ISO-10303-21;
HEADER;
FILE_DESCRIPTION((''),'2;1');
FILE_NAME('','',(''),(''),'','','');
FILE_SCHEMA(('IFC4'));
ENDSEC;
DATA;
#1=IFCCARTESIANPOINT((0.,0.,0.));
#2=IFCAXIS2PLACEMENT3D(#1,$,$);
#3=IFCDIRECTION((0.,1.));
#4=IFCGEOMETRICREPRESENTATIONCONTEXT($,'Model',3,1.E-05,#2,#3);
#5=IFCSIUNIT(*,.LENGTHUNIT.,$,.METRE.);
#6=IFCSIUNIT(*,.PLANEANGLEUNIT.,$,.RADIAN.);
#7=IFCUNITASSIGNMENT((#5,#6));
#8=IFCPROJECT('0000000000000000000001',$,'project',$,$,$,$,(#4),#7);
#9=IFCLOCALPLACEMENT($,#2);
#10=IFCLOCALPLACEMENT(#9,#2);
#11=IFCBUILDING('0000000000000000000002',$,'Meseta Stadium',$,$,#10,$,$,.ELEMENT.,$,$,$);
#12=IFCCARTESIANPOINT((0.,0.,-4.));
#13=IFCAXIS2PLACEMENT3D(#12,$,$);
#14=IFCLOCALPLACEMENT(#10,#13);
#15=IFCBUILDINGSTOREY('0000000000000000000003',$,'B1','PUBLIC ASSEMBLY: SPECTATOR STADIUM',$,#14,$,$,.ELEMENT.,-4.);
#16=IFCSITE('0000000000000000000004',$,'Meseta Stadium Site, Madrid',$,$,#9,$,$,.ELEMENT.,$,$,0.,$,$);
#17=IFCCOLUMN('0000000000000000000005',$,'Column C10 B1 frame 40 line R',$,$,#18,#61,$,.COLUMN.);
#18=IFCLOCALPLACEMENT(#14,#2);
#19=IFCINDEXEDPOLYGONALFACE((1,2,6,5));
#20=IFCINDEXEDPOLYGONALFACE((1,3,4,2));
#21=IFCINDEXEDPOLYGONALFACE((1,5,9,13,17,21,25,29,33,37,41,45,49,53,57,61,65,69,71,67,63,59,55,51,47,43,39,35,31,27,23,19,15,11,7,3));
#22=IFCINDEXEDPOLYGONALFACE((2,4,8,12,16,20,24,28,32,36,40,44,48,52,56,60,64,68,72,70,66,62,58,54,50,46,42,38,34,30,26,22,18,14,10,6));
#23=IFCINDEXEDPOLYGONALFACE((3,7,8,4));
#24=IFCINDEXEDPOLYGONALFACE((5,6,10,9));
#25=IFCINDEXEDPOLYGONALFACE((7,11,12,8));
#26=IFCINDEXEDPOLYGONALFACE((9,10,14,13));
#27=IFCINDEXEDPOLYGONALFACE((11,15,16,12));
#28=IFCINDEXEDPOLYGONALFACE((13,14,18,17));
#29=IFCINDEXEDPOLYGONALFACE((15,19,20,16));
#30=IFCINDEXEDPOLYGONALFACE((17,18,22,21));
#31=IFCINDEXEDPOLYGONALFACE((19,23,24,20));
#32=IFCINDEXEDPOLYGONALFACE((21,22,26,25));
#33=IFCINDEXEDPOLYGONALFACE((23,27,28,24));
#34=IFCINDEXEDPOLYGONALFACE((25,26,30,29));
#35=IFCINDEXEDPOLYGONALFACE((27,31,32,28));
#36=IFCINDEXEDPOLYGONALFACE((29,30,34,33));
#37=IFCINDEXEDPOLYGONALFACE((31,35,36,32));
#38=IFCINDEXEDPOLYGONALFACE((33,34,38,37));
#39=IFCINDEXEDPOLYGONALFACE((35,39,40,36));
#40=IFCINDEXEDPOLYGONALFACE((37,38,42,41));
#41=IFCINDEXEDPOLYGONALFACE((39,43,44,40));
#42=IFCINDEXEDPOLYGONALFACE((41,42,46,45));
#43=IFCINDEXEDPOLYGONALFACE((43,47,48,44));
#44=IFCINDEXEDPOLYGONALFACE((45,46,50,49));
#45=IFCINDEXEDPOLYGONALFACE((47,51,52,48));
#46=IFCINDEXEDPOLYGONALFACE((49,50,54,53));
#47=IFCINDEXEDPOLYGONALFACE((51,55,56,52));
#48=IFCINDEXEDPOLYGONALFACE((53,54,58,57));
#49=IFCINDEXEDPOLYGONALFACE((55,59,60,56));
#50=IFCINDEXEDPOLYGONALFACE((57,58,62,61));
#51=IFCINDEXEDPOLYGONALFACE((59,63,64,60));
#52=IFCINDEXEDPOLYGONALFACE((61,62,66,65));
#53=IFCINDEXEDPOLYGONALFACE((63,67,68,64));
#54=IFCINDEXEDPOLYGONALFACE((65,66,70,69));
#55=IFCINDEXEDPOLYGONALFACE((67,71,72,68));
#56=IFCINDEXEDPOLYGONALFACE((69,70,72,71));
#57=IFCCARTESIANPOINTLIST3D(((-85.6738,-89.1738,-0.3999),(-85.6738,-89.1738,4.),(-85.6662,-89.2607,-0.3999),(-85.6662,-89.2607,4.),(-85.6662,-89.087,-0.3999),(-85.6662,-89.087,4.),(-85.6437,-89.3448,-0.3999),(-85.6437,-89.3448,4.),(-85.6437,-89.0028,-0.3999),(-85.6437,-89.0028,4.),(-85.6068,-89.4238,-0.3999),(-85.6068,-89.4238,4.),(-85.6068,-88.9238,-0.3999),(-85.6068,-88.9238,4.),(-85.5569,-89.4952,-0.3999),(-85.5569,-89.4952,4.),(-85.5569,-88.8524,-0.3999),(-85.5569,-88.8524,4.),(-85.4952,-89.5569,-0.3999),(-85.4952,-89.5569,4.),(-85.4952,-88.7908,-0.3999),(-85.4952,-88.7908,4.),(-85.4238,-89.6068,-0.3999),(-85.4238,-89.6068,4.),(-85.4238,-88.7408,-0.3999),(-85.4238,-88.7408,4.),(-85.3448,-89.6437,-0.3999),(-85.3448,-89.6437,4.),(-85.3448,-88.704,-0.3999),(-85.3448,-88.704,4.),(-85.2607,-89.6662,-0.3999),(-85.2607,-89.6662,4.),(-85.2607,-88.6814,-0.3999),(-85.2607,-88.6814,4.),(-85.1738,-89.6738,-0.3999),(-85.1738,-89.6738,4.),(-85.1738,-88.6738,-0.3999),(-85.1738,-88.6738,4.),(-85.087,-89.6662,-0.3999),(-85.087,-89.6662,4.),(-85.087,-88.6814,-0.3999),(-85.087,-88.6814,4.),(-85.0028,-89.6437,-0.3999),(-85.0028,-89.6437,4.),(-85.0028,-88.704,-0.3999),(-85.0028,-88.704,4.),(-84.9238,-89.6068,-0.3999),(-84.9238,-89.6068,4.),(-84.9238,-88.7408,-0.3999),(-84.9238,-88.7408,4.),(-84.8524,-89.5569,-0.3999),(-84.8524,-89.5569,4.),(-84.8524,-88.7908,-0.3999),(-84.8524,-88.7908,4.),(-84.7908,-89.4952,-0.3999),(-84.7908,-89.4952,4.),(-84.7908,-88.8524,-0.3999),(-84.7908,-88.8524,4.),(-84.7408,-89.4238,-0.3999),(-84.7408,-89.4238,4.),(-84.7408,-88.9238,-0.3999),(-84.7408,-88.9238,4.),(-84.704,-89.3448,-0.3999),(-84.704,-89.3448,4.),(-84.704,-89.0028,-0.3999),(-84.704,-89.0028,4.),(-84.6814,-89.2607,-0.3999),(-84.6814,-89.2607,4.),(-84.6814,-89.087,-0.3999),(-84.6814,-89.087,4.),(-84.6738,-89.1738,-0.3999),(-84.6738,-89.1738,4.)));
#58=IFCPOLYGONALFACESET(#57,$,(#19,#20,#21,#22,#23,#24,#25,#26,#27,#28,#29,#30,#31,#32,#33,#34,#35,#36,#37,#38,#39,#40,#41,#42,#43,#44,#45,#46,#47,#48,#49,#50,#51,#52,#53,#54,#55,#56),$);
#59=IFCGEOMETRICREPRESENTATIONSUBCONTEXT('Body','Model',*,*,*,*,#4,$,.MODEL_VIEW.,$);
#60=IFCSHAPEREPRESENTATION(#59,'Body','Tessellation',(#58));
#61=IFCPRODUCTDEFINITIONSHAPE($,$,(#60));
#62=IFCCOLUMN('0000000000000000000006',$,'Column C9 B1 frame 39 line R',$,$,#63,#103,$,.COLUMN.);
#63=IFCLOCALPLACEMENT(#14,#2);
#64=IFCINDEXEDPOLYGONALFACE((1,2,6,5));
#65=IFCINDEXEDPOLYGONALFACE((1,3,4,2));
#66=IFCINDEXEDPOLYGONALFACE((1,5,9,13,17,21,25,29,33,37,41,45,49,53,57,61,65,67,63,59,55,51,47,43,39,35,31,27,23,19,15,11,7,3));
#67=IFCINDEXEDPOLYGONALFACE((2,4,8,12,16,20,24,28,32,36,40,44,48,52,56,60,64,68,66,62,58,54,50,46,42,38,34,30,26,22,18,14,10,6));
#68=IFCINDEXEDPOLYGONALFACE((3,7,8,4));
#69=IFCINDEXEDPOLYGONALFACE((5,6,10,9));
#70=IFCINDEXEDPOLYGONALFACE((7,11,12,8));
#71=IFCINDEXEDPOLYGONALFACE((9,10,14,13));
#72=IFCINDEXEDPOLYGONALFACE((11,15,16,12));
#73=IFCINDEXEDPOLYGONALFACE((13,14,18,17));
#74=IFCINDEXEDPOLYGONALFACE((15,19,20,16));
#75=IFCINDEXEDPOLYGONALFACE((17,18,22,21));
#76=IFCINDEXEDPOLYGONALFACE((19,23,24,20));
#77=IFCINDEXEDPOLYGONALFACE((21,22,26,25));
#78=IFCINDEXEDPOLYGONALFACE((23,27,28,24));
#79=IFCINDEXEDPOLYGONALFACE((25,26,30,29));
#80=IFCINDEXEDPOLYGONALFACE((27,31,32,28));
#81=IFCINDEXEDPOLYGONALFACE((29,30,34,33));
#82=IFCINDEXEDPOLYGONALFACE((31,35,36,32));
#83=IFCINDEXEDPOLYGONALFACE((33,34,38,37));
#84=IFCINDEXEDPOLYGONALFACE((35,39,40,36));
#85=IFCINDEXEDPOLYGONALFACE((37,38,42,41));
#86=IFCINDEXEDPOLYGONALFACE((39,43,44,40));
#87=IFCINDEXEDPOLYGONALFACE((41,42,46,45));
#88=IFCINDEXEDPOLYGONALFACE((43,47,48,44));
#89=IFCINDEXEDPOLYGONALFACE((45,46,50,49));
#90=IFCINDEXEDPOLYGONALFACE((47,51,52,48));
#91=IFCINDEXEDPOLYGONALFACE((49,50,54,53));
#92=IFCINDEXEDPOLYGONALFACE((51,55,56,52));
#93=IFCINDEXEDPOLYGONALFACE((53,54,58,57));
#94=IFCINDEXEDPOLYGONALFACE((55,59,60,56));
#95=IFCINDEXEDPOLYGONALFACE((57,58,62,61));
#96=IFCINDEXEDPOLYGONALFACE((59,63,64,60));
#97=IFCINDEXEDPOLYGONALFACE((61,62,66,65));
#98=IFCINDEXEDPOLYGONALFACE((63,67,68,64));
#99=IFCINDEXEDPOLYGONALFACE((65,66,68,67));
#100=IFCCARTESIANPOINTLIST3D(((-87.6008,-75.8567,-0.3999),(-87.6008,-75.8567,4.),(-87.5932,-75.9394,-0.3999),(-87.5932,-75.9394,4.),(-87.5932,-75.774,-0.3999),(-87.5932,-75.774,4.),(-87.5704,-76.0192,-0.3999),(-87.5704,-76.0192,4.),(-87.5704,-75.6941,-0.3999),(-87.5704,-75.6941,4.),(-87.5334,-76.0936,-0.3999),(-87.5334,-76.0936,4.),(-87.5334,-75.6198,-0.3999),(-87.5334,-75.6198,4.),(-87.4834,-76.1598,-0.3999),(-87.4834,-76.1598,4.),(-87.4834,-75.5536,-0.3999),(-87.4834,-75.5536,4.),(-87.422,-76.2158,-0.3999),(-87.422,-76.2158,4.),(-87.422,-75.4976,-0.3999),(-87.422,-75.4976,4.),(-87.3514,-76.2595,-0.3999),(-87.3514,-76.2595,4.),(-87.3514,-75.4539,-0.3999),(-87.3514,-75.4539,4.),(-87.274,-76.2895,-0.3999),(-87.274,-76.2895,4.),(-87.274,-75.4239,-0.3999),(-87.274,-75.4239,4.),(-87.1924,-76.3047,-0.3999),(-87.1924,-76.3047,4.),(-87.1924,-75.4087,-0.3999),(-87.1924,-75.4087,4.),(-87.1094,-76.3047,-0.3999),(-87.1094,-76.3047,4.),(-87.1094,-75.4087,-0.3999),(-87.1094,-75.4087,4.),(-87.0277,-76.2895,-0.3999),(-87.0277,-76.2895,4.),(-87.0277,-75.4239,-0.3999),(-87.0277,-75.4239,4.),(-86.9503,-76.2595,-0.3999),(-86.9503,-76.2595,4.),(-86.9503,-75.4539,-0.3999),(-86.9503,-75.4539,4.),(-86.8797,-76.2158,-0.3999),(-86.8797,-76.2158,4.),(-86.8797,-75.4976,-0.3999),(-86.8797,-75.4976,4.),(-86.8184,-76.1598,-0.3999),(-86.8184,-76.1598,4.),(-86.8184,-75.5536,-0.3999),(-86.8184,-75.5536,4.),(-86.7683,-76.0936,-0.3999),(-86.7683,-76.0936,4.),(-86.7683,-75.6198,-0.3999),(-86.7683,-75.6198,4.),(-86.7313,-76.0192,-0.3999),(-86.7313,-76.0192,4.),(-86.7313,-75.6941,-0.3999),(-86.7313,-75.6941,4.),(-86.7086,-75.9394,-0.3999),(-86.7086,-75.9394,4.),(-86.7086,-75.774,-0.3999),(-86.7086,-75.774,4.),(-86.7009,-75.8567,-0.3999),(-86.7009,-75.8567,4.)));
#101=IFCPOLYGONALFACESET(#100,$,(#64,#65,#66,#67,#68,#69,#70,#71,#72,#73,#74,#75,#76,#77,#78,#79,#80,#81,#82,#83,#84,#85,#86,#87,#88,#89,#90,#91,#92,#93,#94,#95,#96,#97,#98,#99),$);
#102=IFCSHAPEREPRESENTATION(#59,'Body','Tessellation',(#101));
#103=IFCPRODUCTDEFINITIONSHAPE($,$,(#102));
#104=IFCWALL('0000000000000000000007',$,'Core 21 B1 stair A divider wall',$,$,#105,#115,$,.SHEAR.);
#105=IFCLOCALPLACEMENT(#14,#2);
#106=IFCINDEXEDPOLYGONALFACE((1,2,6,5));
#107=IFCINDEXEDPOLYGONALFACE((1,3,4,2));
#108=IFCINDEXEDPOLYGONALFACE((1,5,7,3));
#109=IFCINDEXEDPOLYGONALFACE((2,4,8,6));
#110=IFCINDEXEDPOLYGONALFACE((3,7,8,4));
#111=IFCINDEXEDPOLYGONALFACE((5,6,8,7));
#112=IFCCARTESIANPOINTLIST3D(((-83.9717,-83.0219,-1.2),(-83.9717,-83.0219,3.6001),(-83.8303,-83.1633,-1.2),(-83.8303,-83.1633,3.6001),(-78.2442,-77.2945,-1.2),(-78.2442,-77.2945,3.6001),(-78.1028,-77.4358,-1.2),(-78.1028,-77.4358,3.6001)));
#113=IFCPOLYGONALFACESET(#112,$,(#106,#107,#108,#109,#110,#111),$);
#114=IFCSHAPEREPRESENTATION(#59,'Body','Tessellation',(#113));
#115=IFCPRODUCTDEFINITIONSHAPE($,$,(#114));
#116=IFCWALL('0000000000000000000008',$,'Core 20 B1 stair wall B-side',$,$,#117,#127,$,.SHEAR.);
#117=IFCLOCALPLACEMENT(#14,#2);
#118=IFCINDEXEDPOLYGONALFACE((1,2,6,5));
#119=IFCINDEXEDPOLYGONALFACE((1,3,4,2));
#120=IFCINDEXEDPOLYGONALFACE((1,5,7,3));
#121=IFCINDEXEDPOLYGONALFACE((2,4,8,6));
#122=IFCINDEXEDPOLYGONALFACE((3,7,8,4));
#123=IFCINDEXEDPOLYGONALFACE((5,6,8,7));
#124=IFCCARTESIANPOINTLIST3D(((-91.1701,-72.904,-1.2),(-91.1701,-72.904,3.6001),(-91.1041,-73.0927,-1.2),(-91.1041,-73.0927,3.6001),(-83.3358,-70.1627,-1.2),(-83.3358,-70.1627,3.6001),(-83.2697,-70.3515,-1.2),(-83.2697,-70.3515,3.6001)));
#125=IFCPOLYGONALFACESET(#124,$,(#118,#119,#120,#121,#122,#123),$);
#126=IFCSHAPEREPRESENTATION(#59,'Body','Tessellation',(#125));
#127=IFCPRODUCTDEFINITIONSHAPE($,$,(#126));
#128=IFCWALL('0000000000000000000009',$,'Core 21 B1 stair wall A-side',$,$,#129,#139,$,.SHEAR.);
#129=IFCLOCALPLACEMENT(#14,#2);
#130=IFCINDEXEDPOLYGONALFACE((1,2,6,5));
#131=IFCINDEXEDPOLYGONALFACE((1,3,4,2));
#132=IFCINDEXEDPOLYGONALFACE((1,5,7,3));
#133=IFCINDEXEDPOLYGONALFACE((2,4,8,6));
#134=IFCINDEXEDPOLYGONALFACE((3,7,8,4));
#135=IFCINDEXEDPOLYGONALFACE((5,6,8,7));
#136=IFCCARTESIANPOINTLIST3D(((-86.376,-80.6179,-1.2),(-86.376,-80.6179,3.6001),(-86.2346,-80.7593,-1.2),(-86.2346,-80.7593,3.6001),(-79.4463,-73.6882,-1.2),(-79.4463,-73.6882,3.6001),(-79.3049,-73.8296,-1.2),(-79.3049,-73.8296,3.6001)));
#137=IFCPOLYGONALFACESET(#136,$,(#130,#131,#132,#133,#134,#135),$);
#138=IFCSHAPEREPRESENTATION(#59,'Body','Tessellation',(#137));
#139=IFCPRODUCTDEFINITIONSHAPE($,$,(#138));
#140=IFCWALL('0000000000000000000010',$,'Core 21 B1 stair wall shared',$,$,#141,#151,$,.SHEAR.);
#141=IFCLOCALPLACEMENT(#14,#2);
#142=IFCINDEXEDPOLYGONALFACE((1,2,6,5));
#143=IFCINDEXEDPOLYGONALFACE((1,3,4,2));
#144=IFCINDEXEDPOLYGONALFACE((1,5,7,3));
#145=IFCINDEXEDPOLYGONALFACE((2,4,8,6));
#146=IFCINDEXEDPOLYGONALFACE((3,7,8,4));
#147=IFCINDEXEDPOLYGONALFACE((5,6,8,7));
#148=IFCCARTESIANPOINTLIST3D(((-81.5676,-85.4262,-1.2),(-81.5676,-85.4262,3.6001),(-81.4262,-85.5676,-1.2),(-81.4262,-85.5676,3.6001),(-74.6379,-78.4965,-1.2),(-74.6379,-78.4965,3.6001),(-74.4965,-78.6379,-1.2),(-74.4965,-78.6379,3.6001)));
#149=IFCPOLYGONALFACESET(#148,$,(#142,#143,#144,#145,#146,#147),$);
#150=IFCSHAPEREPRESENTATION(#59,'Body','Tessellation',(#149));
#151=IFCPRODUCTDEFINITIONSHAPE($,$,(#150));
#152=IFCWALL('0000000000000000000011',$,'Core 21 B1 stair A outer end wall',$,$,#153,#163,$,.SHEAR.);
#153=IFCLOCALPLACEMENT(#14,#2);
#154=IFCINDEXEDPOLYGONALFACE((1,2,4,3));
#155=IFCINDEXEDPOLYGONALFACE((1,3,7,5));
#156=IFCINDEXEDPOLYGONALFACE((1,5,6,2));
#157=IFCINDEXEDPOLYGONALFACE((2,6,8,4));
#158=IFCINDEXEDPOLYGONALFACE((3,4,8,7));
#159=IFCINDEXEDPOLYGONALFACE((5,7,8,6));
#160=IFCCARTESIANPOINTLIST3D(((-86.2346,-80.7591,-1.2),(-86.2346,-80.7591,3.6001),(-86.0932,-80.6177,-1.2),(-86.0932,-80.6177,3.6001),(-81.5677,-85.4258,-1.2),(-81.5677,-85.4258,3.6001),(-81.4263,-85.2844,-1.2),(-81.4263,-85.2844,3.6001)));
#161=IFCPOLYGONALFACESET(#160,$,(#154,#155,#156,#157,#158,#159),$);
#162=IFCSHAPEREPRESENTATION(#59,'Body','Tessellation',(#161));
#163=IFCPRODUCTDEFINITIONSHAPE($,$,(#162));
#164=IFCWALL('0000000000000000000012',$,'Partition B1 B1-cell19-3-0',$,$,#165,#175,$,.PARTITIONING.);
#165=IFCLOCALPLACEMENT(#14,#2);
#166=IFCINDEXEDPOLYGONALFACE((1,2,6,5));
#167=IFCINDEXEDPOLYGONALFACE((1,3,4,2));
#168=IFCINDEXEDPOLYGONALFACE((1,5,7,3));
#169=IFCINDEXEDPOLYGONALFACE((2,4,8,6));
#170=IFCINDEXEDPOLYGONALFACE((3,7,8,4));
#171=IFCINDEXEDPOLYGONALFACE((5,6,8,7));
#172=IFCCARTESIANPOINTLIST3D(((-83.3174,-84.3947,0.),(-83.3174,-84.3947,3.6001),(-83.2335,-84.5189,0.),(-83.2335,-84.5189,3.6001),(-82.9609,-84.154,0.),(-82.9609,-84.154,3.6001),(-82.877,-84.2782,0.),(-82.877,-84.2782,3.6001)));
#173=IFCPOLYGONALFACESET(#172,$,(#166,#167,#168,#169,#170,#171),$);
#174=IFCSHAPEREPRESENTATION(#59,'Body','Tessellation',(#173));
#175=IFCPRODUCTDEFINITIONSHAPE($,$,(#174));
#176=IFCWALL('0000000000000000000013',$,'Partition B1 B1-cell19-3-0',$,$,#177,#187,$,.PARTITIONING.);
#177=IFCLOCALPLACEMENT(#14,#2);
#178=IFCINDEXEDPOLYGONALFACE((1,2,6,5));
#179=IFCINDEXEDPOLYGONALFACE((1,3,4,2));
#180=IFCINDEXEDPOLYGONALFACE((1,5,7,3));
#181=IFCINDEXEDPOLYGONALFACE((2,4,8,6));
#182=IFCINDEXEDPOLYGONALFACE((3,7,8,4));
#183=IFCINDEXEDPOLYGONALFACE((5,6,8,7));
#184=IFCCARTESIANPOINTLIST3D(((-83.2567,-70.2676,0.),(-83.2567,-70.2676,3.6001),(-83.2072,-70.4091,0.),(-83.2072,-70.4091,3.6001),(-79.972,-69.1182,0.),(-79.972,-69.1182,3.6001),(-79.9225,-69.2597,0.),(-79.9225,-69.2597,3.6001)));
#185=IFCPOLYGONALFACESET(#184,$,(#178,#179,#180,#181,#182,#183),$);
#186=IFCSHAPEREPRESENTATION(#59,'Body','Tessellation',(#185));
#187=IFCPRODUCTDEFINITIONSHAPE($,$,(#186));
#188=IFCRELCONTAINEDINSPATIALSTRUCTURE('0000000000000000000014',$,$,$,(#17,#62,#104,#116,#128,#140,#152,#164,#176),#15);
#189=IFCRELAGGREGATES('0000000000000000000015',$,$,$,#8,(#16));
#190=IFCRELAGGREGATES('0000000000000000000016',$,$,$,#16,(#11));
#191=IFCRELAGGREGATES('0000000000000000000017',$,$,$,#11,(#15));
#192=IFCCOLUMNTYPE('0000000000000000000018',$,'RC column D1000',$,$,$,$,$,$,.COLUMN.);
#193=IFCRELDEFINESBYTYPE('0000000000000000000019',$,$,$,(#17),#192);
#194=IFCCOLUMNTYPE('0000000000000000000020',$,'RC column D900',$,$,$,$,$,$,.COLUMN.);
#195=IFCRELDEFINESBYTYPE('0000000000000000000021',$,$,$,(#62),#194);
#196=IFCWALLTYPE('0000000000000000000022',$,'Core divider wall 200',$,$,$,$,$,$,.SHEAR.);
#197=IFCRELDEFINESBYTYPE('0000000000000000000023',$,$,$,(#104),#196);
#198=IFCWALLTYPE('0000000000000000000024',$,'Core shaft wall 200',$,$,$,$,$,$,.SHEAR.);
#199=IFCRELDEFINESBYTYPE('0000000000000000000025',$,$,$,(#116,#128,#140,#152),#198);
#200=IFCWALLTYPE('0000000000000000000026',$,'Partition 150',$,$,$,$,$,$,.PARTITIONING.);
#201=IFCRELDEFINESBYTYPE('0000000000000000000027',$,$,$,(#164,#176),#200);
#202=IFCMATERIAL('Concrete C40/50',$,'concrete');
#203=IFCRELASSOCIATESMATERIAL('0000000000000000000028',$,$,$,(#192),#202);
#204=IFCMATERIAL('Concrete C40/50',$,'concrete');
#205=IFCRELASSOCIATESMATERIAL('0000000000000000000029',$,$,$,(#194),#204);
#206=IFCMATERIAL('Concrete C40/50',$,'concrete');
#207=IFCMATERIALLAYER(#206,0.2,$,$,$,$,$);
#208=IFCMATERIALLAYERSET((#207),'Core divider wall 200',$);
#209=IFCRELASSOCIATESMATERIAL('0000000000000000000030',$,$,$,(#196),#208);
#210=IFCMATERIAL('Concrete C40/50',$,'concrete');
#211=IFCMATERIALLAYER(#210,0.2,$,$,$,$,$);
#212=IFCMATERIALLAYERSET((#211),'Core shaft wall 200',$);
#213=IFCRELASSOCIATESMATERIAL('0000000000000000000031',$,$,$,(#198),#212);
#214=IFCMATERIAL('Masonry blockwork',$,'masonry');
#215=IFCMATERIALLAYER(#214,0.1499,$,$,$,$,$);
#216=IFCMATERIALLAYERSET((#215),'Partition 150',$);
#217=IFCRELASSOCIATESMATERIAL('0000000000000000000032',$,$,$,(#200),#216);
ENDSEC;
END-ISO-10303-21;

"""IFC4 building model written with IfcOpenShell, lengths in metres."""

from ifc_helpers import new_model, si_unit, direction, frame, frame_2d, origin, origin_2d, place, context, subcontext, project, spatial, rectangle, circle, extrude, material, layer, layer_set, material_profile, profile_set, type_object, element, save


model = new_model("IFC4")

# Units and contexts
model_context = context("Model", 3, precision=1e-05, world=origin(), true_north=direction((0.0, 1.0)))
body_context = subcontext(model_context, "Body", "Model", "MODEL_VIEW")
ifc_project = project(units=[si_unit("LENGTHUNIT", "METRE"), si_unit("PLANEANGLEUNIT", "RADIAN")], contexts=[model_context])

# Site, building, storey
site_placement = place(None, origin())
site = spatial("IfcSite", under=ifc_project, at=site_placement, Name="Meseta Stadium Site, Madrid", CompositionType="ELEMENT", RefElevation=0.0)
building_placement = place(site_placement, origin())
building = spatial("IfcBuilding", under=site, at=building_placement, Name="Meseta Stadium", CompositionType="ELEMENT")
storey_placement = place(building_placement, frame((0.0, 0.0, -4.0)))
storey = spatial("IfcBuildingStorey", under=building, at=storey_placement, Name="B1", Description="PUBLIC ASSEMBLY: SPECTATOR STADIUM", CompositionType="ELEMENT", Elevation=-4.0)

# Columns
ifc_material_1 = material(Name="Concrete C40/50", Category="concrete")
ifc_material_profile_1 = material_profile(ifc_material_1, circle(Radius=0.5, at=origin_2d()), Name="RC D1000")
ifc_profile_set_1 = profile_set([ifc_material_profile_1], Name="Concrete C40/50")
column_type_1 = type_object("IfcColumnType", Name="RC column D1000", PredefinedType="COLUMN", material=ifc_profile_set_1)
column_1_placement = place(storey_placement, frame((-85.1738, -89.1738, -0.3999), z_axis=(0.0, 0.0, 1.0), x_axis=(1.0, 0.0, 0.0)))
element("IfcColumn", 1, at=column_1_placement, inside=storey, type_object=column_type_1, Name="Column C10 B1 frame 40 line R", PredefinedType="COLUMN", context=body_context, shape_type="SweptSolid", body=[
    extrude(circle(Radius=0.5, at=origin_2d()), origin(), (0.0, 0.0, 1.0), 4.3999),
])
ifc_material_2 = material(Name="Concrete C40/50", Category="concrete")
ifc_material_profile_2 = material_profile(ifc_material_2, circle(Radius=0.45, at=origin_2d()), Name="RC D900")
ifc_profile_set_2 = profile_set([ifc_material_profile_2], Name="Concrete C40/50")
column_type_2 = type_object("IfcColumnType", Name="RC column D900", PredefinedType="COLUMN", material=ifc_profile_set_2)
column_2_placement = place(storey_placement, frame((-87.1509, -75.8567, -0.3999), z_axis=(0.0, 0.0, 1.0), x_axis=(1.0, 0.0, 0.0)))
element("IfcColumn", 2, at=column_2_placement, inside=storey, type_object=column_type_2, Name="Column C9 B1 frame 39 line R", PredefinedType="COLUMN", context=body_context, shape_type="SweptSolid", body=[
    extrude(circle(Radius=0.45, at=origin_2d()), origin(), (0.0, 0.0, 1.0), 4.3999),
])

# Walls
ifc_material_3 = material(Name="Concrete C40/50", Category="concrete")
ifc_layer_1 = layer(ifc_material_3, 0.2)
ifc_layer_set_1 = layer_set([ifc_layer_1], Name="Core divider wall 200")
wall_type_1 = type_object("IfcWallType", Name="Core divider wall 200", PredefinedType="SHEAR", material=ifc_layer_set_1)
wall_1_placement = place(storey_placement, frame((-83.9009, -83.0925, -1.2), z_axis=(0.0, 0.0, 1.0), x_axis=(0.707107, 0.707107, 0.0)))
element("IfcWall", 3, at=wall_1_placement, inside=storey, type_object=wall_type_1, Name="Core 21 B1 stair A divider wall", PredefinedType="SHEAR", context=body_context, shape_type="SweptSolid", body=[
    extrude(rectangle(XDim=8.0999, YDim=0.2, at=frame_2d((4.0498, 0.0))), origin(), (0.0, 0.0, 1.0), 4.8),
])
ifc_material_4 = material(Name="Concrete C40/50", Category="concrete")
ifc_layer_2 = layer(ifc_material_4, 0.2)
ifc_layer_set_2 = layer_set([ifc_layer_2], Name="Core shaft wall 200")
wall_type_2 = type_object("IfcWallType", Name="Core shaft wall 200", PredefinedType="SHEAR", material=ifc_layer_set_2)
wall_2_placement = place(storey_placement, frame((-91.137, -72.9983, -1.2), z_axis=(0.0, 0.0, 1.0), x_axis=(0.943887, 0.330268, 0.0)))
element("IfcWall", 4, at=wall_2_placement, inside=storey, type_object=wall_type_2, Name="Core 20 B1 stair wall B-side", PredefinedType="SHEAR", context=body_context, shape_type="SweptSolid", body=[
    extrude(rectangle(XDim=8.3, YDim=0.2, at=frame_2d((4.1499, 0.0))), origin(), (0.0, 0.0, 1.0), 4.8),
])
for number, where, z_axis, x_axis, name in (
    (5, (-86.3052, -80.6885, -1.2), (0.0, 0.0, 1.0), (0.707107, 0.707107, 0.0), "Core 21 B1 stair wall A-side"),
    (6, (-81.4968, -85.4968, -1.2), (0.0, 0.0, 1.0), (0.707107, 0.707107, 0.0), "Core 21 B1 stair wall shared"),
):
    element("IfcWall", number, at=place(storey_placement, frame(where, z_axis=z_axis, x_axis=x_axis)), inside=storey, type_object=wall_type_2, Name=name, PredefinedType="SHEAR", context=body_context, shape_type="SweptSolid", body=[
        extrude(rectangle(XDim=9.8, YDim=0.2, at=frame_2d((4.8999, 0.0))), origin(), (0.0, 0.0, 1.0), 4.8),
    ])
wall_3_placement = place(storey_placement, frame((-86.1638, -80.6885, -1.2), z_axis=(0.0, 0.0, 1.0), x_axis=(0.707125, -0.707088, 0.0)))
element("IfcWall", 7, at=wall_3_placement, inside=storey, type_object=wall_type_2, Name="Core 21 B1 stair A outer end wall", PredefinedType="SHEAR", context=body_context, shape_type="SweptSolid", body=[
    extrude(rectangle(XDim=6.5999, YDim=0.2, at=frame_2d((3.2998, 0.0))), origin(), (0.0, 0.0, 1.0), 4.8),
])
ifc_material_5 = material(Name="Masonry blockwork", Category="masonry")
ifc_layer_3 = layer(ifc_material_5, 0.1499)
ifc_layer_set_3 = layer_set([ifc_layer_3], Name="Partition 150")
wall_type_3 = type_object("IfcWallType", Name="Partition 150", PredefinedType="PARTITIONING", material=ifc_layer_set_3)
wall_4_placement = place(storey_placement, frame((-82.9189, -84.2161, 0.0), z_axis=(0.0, 0.0, 1.0), x_axis=(-0.828717, -0.559668, 0.0)))
element("IfcWall", 8, at=wall_4_placement, inside=storey, type_object=wall_type_3, Name="Partition B1 B1-cell19-3-0", PredefinedType="PARTITIONING", context=body_context, shape_type="SweptSolid", body=[
    extrude(rectangle(XDim=0.4302, YDim=0.1499, at=frame_2d((0.2151, 0.0))), origin(), (0.0, 0.0, 1.0), 3.6001),
])
wall_5_placement = place(storey_placement, frame((-83.2319, -70.3384, 0.0), z_axis=(0.0, 0.0, 1.0), x_axis=(0.943878, 0.330294, 0.0)))
element("IfcWall", 9, at=wall_5_placement, inside=storey, type_object=wall_type_3, Name="Partition B1 B1-cell19-3-0", PredefinedType="PARTITIONING", context=body_context, shape_type="SweptSolid", body=[
    extrude(rectangle(XDim=3.48, YDim=0.1499, at=frame_2d((1.74, 0.0))), origin(), (0.0, 0.0, 1.0), 3.6001),
])

save(model, "model.ifc")
